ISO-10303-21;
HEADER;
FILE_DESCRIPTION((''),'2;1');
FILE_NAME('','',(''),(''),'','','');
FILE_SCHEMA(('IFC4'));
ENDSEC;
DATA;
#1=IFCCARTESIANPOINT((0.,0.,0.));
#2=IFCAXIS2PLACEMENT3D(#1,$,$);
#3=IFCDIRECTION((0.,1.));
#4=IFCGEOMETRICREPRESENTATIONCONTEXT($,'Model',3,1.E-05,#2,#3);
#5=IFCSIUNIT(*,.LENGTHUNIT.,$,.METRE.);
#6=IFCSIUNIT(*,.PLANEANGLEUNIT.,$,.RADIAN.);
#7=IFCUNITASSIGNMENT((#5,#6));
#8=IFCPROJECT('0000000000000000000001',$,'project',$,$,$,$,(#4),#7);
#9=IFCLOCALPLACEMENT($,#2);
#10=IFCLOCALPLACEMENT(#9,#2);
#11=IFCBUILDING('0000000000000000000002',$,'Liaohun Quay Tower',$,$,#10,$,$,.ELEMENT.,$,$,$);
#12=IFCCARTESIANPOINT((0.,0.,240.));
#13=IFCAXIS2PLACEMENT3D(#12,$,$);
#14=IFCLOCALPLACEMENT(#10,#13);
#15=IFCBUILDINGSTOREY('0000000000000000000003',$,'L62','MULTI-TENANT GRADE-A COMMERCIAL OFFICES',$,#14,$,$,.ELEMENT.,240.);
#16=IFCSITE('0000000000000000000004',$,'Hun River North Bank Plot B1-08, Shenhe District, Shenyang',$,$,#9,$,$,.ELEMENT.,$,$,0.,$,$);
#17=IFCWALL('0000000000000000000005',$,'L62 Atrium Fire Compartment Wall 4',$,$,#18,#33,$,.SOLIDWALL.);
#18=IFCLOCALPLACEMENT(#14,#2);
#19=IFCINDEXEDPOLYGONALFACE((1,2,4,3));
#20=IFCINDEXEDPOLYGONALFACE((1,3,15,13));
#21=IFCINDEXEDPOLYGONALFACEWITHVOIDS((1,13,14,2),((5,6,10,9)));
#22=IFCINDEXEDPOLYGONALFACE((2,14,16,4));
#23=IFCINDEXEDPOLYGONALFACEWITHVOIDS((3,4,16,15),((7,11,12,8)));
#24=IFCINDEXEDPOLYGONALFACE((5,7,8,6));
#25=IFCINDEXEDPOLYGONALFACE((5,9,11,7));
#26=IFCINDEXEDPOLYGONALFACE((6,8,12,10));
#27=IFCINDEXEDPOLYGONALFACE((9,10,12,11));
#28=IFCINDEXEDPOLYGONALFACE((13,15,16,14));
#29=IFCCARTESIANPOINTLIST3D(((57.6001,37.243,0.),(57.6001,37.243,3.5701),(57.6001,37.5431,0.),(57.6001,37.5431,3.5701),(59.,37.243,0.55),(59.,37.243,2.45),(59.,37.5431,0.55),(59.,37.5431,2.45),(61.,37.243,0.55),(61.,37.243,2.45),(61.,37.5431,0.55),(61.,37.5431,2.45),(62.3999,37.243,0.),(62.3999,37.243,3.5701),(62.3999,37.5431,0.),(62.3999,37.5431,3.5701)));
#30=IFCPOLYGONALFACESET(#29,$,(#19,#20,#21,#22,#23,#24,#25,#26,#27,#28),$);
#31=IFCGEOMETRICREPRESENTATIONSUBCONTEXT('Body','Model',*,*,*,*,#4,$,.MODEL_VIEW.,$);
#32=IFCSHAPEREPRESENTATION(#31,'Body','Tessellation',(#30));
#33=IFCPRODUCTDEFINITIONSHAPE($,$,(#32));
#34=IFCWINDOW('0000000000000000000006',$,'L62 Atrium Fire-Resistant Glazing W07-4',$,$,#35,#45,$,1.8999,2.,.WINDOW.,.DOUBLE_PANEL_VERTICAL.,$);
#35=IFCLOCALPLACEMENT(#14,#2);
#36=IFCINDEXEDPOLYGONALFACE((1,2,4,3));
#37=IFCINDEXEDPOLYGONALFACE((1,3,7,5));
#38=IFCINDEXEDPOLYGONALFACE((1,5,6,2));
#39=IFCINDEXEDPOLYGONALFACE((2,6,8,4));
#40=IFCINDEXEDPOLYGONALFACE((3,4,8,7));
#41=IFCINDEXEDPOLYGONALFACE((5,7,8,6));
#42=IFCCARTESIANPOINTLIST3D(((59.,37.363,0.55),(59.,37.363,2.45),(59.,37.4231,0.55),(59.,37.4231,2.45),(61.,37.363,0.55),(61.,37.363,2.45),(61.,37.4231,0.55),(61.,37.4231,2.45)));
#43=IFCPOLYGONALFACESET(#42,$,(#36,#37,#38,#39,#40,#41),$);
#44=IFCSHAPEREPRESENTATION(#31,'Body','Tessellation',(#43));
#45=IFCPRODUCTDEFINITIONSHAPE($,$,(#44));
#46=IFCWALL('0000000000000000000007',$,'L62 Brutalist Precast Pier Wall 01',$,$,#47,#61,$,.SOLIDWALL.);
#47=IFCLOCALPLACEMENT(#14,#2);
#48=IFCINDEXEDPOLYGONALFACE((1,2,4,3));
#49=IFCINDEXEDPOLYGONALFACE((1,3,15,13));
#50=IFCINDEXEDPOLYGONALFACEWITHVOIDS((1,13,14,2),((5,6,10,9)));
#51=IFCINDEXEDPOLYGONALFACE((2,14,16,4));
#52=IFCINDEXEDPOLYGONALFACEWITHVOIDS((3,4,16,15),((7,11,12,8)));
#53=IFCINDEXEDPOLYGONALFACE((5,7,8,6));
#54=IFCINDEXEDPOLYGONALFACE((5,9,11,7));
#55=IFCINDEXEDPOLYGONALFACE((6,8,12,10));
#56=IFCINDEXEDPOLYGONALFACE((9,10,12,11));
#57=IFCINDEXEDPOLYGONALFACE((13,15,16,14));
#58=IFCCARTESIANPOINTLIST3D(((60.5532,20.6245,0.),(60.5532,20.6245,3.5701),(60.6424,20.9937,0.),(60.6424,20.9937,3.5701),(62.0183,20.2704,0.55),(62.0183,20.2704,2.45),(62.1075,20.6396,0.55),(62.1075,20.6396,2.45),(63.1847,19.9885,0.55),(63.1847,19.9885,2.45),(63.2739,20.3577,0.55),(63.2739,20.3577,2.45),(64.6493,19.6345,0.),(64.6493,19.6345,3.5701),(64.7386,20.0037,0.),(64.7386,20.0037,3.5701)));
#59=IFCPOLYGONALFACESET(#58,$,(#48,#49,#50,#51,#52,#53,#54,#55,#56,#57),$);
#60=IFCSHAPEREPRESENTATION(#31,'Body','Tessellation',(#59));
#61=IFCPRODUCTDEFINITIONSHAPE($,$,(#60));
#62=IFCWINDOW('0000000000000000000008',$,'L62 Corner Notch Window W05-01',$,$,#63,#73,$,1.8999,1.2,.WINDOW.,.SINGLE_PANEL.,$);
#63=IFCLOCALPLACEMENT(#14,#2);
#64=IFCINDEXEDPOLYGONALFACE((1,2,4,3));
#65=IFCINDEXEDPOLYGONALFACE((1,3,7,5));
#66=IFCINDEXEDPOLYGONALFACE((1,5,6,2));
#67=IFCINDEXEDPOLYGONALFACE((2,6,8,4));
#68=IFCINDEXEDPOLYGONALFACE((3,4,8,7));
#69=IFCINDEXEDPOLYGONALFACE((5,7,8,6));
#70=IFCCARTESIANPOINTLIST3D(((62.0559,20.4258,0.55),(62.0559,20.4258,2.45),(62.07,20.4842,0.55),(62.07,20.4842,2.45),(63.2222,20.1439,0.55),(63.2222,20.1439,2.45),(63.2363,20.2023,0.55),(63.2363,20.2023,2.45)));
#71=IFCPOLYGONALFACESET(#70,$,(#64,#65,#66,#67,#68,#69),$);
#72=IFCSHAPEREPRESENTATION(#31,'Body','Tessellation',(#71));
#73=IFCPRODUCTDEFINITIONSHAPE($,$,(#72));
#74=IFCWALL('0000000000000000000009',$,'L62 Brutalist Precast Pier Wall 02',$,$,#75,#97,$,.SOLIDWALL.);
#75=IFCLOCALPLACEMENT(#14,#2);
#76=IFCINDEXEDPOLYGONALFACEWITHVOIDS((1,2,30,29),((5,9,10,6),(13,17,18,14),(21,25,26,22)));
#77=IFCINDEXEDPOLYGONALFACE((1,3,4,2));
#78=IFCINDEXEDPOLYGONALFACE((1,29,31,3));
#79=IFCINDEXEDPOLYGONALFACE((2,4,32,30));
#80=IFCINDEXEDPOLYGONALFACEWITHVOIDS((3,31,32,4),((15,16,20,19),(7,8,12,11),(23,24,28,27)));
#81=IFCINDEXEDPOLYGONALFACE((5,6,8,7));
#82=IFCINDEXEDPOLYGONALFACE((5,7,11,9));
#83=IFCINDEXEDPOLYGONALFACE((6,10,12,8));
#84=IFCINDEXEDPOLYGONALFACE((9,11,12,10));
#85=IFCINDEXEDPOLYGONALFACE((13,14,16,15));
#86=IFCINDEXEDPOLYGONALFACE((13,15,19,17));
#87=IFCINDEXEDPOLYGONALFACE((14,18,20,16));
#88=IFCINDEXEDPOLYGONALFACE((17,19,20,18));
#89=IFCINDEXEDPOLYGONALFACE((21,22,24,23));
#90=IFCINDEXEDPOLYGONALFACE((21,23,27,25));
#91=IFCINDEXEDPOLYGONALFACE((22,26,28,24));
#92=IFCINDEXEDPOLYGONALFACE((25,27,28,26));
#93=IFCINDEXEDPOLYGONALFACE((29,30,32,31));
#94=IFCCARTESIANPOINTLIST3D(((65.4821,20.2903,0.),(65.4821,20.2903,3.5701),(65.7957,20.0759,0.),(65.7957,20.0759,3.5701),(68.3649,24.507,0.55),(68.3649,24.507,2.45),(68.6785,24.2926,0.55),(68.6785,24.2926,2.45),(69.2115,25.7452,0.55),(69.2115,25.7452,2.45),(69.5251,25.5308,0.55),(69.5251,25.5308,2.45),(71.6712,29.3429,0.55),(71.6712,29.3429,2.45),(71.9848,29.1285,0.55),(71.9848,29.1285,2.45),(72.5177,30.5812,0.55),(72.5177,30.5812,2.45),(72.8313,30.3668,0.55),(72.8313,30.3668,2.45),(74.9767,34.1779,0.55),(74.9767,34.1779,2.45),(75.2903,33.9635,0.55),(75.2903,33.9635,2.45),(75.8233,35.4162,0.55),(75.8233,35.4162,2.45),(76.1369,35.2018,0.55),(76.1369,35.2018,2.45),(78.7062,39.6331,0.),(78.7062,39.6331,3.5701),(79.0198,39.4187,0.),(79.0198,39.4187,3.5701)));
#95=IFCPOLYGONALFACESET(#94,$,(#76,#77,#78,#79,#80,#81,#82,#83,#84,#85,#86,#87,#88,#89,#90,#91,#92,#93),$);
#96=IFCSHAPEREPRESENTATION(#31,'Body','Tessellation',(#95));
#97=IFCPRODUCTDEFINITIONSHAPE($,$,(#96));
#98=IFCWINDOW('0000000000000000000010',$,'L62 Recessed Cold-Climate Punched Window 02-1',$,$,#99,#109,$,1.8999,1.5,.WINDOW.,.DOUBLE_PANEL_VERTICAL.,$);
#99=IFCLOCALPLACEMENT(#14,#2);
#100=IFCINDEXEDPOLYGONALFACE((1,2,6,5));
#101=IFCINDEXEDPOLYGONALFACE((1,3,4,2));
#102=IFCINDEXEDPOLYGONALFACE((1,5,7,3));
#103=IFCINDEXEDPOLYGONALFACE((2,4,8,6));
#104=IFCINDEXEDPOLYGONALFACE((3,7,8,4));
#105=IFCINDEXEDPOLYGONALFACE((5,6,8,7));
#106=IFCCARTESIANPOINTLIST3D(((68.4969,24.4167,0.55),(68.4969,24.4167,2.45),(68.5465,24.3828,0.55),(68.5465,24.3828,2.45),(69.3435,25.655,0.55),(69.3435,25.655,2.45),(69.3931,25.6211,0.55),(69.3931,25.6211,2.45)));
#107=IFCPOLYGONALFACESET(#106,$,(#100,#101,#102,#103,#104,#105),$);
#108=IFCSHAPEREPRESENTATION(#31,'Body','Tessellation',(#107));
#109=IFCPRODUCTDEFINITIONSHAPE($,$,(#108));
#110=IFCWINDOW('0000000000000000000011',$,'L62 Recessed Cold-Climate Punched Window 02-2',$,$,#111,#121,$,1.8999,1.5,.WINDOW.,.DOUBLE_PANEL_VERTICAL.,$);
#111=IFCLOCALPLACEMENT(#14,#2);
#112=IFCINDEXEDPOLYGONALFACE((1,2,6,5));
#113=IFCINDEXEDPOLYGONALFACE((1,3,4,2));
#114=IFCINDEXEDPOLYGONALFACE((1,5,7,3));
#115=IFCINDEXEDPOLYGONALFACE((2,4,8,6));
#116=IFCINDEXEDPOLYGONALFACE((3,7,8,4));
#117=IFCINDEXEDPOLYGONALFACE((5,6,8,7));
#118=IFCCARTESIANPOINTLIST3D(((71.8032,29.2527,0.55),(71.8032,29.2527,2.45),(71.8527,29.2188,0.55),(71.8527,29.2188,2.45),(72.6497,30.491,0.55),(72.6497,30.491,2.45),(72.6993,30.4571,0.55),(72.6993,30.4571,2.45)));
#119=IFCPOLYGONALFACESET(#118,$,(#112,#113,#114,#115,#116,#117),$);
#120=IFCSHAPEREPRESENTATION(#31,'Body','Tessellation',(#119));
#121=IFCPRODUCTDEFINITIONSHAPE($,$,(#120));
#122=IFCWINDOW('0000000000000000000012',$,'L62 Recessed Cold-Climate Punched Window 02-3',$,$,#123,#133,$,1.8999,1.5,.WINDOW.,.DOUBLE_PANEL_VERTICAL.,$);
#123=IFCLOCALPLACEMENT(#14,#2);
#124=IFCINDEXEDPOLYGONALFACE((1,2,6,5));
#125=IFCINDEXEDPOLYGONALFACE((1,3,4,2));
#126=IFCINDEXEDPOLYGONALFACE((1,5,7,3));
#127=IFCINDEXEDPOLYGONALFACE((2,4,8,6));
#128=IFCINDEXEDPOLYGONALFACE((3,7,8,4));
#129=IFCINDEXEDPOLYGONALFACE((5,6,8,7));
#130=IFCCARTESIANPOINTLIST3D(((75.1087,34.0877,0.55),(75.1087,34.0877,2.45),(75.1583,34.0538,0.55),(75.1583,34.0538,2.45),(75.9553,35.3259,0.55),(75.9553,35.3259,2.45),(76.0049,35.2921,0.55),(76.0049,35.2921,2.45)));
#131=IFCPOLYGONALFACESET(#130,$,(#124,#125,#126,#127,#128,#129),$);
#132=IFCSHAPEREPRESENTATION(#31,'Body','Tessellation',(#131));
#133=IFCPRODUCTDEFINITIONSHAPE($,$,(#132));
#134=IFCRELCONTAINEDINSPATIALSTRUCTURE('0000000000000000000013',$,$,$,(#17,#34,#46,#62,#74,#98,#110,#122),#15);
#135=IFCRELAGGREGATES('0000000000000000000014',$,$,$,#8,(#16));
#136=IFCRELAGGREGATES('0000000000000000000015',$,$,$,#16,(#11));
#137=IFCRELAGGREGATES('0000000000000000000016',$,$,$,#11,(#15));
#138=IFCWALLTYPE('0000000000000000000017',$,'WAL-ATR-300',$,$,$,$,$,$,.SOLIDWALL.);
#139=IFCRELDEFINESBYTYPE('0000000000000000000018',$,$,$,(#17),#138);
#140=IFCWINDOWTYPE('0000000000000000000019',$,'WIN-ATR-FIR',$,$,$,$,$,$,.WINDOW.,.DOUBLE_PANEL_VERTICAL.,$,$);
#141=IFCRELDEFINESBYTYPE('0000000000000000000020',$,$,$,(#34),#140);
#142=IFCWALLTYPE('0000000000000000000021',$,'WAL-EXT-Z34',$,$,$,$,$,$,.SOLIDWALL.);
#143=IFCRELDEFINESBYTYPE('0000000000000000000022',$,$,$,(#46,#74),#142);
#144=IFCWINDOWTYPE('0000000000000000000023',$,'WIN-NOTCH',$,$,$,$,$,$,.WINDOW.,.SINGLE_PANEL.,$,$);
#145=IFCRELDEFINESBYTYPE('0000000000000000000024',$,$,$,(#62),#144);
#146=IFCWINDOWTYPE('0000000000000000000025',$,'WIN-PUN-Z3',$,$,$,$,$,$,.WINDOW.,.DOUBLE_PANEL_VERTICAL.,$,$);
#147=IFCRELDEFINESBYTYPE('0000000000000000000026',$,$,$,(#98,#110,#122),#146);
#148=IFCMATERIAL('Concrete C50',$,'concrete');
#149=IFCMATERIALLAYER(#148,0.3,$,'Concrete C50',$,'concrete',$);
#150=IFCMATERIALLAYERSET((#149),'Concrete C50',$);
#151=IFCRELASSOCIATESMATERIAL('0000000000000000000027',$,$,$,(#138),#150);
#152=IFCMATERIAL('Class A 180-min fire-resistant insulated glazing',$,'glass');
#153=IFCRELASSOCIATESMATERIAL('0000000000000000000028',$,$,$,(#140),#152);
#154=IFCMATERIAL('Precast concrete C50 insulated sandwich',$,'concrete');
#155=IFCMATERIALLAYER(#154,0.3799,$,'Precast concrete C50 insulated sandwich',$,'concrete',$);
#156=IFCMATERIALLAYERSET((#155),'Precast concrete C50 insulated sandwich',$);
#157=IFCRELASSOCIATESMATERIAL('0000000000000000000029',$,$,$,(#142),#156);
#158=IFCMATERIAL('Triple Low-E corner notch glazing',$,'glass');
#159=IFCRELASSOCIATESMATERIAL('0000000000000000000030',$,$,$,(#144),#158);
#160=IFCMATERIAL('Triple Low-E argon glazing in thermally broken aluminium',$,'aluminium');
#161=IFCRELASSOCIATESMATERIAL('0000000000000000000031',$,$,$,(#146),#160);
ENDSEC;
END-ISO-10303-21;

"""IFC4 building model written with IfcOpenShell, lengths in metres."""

from ifc_helpers import new_model, si_unit, direction, frame, frame_2d, origin, place, context, subcontext, project, spatial, rectangle, extrude, source, transform, mapped, material, layer, layer_set, type_object, element, fill, save


model = new_model("IFC4")

# Units and contexts
model_context = context("Model", 3, precision=1e-05, world=origin(), true_north=direction((0.0, 1.0)))
body_context = subcontext(model_context, "Body", "Model", "MODEL_VIEW")
ifc_project = project(units=[si_unit("LENGTHUNIT", "METRE"), si_unit("PLANEANGLEUNIT", "RADIAN")], contexts=[model_context])

# Site, building, storey
site_placement = place(None, origin())
site = spatial("IfcSite", under=ifc_project, at=site_placement, Name="Hun River North Bank Plot B1-08, Shenhe District, Shenyang", CompositionType="ELEMENT", RefElevation=0.0)
building_placement = place(site_placement, origin())
building = spatial("IfcBuilding", under=site, at=building_placement, Name="Liaohun Quay Tower", CompositionType="ELEMENT")
storey_placement = place(building_placement, frame((0.0, 0.0, 240.0)))
storey = spatial("IfcBuildingStorey", under=building, at=storey_placement, Name="L62", Description="MULTI-TENANT GRADE-A COMMERCIAL OFFICES", CompositionType="ELEMENT", Elevation=240.0)

# Walls, openings, windows
ifc_material_1 = material(Name="Concrete C50", Category="concrete")
ifc_layer_1 = layer(ifc_material_1, 0.3, Name="Concrete C50", Category="concrete")
ifc_layer_set_1 = layer_set([ifc_layer_1], Name="Concrete C50")
wall_type_1 = type_object("IfcWallType", Name="WAL-ATR-300", PredefinedType="SOLIDWALL", material=ifc_layer_set_1)
shared_shape_1 = source(origin(), body_context, "Body", "SweptSolid", [
    extrude(rectangle(XDim=2.0, YDim=1.8999, at=frame_2d((1.0, 0.95))), frame((0.0, 0.1599, 0.0), z_axis=(0.0, -1.0, 0.0), x_axis=(1.0, 0.0, 0.0)), (0.0, 0.0, 1.0), 0.3201),
])
ifc_material_2 = material(Name="Class A 180-min fire-resistant insulated glazing", Category="glass")
window_type_1 = type_object("IfcWindowType", Name="WIN-ATR-FIR", PartitioningType="DOUBLE_PANEL_VERTICAL", PredefinedType="WINDOW", material=ifc_material_2)
shared_shape_2 = source(origin(), body_context, "Body", "SweptSolid", [
    extrude(rectangle(XDim=2.0, YDim=1.8999, at=frame_2d((1.0, 0.95))), frame((0.0, 0.03, 0.0), z_axis=(0.0, -1.0, 0.0), x_axis=(1.0, 0.0, 0.0)), (0.0, 0.0, 1.0), 0.0601),
])
wall_1_placement = place(storey_placement, frame((62.3999, 37.3931, 0.0), z_axis=(0.0, 0.0, 1.0), x_axis=(-1.0, 0.0, 0.0)))
wall_1 = element("IfcWall", 1, at=wall_1_placement, inside=storey, type_object=wall_type_1, Name="L62 Atrium Fire Compartment Wall 4", PredefinedType="SOLIDWALL", context=body_context, shape_type="SweptSolid", body=[
    extrude(rectangle(XDim=4.7998, YDim=0.3, at=frame_2d((2.3999, 0.0))), origin(), (0.0, 0.0, 1.0), 3.5701),
])
opening_1_placement = place(wall_1_placement, frame((1.3999, 0.0, 0.55)))
opening_1 = element("IfcOpeningElement", 2, at=opening_1_placement, cuts=wall_1, PredefinedType="OPENING", context=body_context, shape_type="MappedRepresentation", body=[
    mapped(shared_shape_1, transform((0.0, 0.0, 0.0), x_axis=(1.0, 0.0, 0.0), y_axis=(0.0, 1.0, 0.0), z_axis=(0.0, 0.0, 1.0), scale=1.0)),
])
window_1_placement = place(opening_1_placement, origin())
window_1 = element("IfcWindow", 3, at=window_1_placement, inside=storey, type_object=window_type_1, Name="L62 Atrium Fire-Resistant Glazing W07-4", OverallHeight=1.8999, OverallWidth=2.0, PartitioningType="DOUBLE_PANEL_VERTICAL", PredefinedType="WINDOW", context=body_context, shape_type="MappedRepresentation", body=[
    mapped(shared_shape_2, transform((0.0, 0.0, 0.0), x_axis=(1.0, 0.0, 0.0), y_axis=(0.0, 1.0, 0.0), z_axis=(0.0, 0.0, 1.0), scale=1.0)),
])
fill(opening_1, window_1)
ifc_material_3 = material(Name="Precast concrete C50 insulated sandwich", Category="concrete")
ifc_layer_2 = layer(ifc_material_3, 0.3799, Name="Precast concrete C50 insulated sandwich", Category="concrete")
ifc_layer_set_2 = layer_set([ifc_layer_2], Name="Precast concrete C50 insulated sandwich")
wall_type_2 = type_object("IfcWallType", Name="WAL-EXT-Z34", PredefinedType="SOLIDWALL", material=ifc_layer_set_2)
wall_2_placement = place(storey_placement, frame((60.5979, 20.8091, 0.0), z_axis=(0.0, 0.0, 1.0), x_axis=(0.972014, -0.234922, 0.0)))
wall_2 = element("IfcWall", 4, at=wall_2_placement, inside=storey, type_object=wall_type_2, Name="L62 Brutalist Precast Pier Wall 01", PredefinedType="SOLIDWALL", context=body_context, shape_type="SweptSolid", body=[
    extrude(rectangle(XDim=4.2141, YDim=0.3799, at=frame_2d((2.1069, 0.0))), origin(), (0.0, 0.0, 1.0), 3.5701),
])
shared_shape_3 = source(origin(), body_context, "Body", "SweptSolid", [
    extrude(rectangle(XDim=1.2, YDim=1.8999, at=frame_2d((0.6001, 0.95))), frame((0.0, 0.2, 0.0), z_axis=(0.0, -1.0, 0.0), x_axis=(1.0, 0.0, 0.0)), (0.0, 0.0, 1.0), 0.3999),
])
opening_2_placement = place(wall_2_placement, frame((1.5071, 0.0, 0.55)))
opening_2 = element("IfcOpeningElement", 5, at=opening_2_placement, cuts=wall_2, PredefinedType="OPENING", context=body_context, shape_type="MappedRepresentation", body=[
    mapped(shared_shape_3, transform((0.0, 0.0, 0.0), x_axis=(1.0, 0.0, 0.0), y_axis=(0.0, 1.0, 0.0), z_axis=(0.0, 0.0, 1.0), scale=1.0)),
])
ifc_material_4 = material(Name="Triple Low-E corner notch glazing", Category="glass")
window_type_2 = type_object("IfcWindowType", Name="WIN-NOTCH", PartitioningType="SINGLE_PANEL", PredefinedType="WINDOW", material=ifc_material_4)
shared_shape_4 = source(origin(), body_context, "Body", "SweptSolid", [
    extrude(rectangle(XDim=1.2, YDim=1.8999, at=frame_2d((0.6001, 0.95))), frame((0.0, 0.03, 0.0), z_axis=(0.0, -1.0, 0.0), x_axis=(1.0, 0.0, 0.0)), (0.0, 0.0, 1.0), 0.0601),
])
window_2_placement = place(opening_2_placement, origin())
window_2 = element("IfcWindow", 6, at=window_2_placement, inside=storey, type_object=window_type_2, Name="L62 Corner Notch Window W05-01", OverallHeight=1.8999, OverallWidth=1.2, PartitioningType="SINGLE_PANEL", PredefinedType="WINDOW", context=body_context, shape_type="MappedRepresentation", body=[
    mapped(shared_shape_4, transform((0.0, 0.0, 0.0), x_axis=(1.0, 0.0, 0.0), y_axis=(0.0, 1.0, 0.0), z_axis=(0.0, 0.0, 1.0), scale=1.0)),
])
fill(opening_2, window_2)

# Wall, openings, windows
wall_3_placement = place(storey_placement, frame((65.6389, 20.1831, 0.0), z_axis=(0.0, 0.0, 1.0), x_axis=(0.564381, 0.825514, 0.0)))
wall_3 = element("IfcWall", 7, at=wall_3_placement, inside=storey, type_object=wall_type_2, Name="L62 Brutalist Precast Pier Wall 02", PredefinedType="SOLIDWALL", context=body_context, shape_type="SweptSolid", body=[
    extrude(rectangle(XDim=23.4312, YDim=0.3799, at=frame_2d((11.7156, 0.0))), origin(), (0.0, 0.0, 1.0), 3.5701),
])
shared_shape_5 = source(origin(), body_context, "Body", "SweptSolid", [
    extrude(rectangle(XDim=1.5, YDim=1.8999, at=frame_2d((0.75, 0.95))), frame((0.0, 0.2, 0.0), z_axis=(0.0, -1.0, 0.0), x_axis=(1.0, 0.0, 0.0)), (0.0, 0.0, 1.0), 0.3999),
])
opening_3_placement = place(wall_3_placement, frame((5.1079, 0.0, 0.55)))
opening_3 = element("IfcOpeningElement", 8, at=opening_3_placement, cuts=wall_3, PredefinedType="OPENING", context=body_context, shape_type="MappedRepresentation", body=[
    mapped(shared_shape_5, transform((0.0, 0.0, 0.0), x_axis=(1.0, 0.0, 0.0), y_axis=(0.0, 1.0, 0.0), z_axis=(0.0, 0.0, 1.0), scale=1.0)),
])
opening_4_placement = place(wall_3_placement, frame((10.9661, 0.0, 0.55)))
opening_4 = element("IfcOpeningElement", 9, at=opening_4_placement, cuts=wall_3, PredefinedType="OPENING", context=body_context, shape_type="MappedRepresentation", body=[
    mapped(shared_shape_5, transform((0.0, 0.0, 0.0), x_axis=(1.0, 0.0, 0.0), y_axis=(0.0, 1.0, 0.0), z_axis=(0.0, 0.0, 1.0), scale=1.0)),
])
opening_5_placement = place(wall_3_placement, frame((16.823, 0.0, 0.55)))
opening_5 = element("IfcOpeningElement", 10, at=opening_5_placement, cuts=wall_3, PredefinedType="OPENING", context=body_context, shape_type="MappedRepresentation", body=[
    mapped(shared_shape_5, transform((0.0, 0.0, 0.0), x_axis=(1.0, 0.0, 0.0), y_axis=(0.0, 1.0, 0.0), z_axis=(0.0, 0.0, 1.0), scale=1.0)),
])
ifc_material_5 = material(Name="Triple Low-E argon glazing in thermally broken aluminium", Category="aluminium")
window_type_3 = type_object("IfcWindowType", Name="WIN-PUN-Z3", PartitioningType="DOUBLE_PANEL_VERTICAL", PredefinedType="WINDOW", material=ifc_material_5)
shared_shape_6 = source(origin(), body_context, "Body", "SweptSolid", [
    extrude(rectangle(XDim=1.5, YDim=1.8999, at=frame_2d((0.75, 0.95))), frame((0.0, 0.03, 0.0), z_axis=(0.0, -1.0, 0.0), x_axis=(1.0, 0.0, 0.0)), (0.0, 0.0, 1.0), 0.0601),
])
window_3_placement = place(opening_3_placement, origin())
window_3 = element("IfcWindow", 11, at=window_3_placement, inside=storey, type_object=window_type_3, Name="L62 Recessed Cold-Climate Punched Window 02-1", OverallHeight=1.8999, OverallWidth=1.5, PartitioningType="DOUBLE_PANEL_VERTICAL", PredefinedType="WINDOW", context=body_context, shape_type="MappedRepresentation", body=[
    mapped(shared_shape_6, transform((0.0, 0.0, 0.0), x_axis=(1.0, 0.0, 0.0), y_axis=(0.0, 1.0, 0.0), z_axis=(0.0, 0.0, 1.0), scale=1.0)),
])
fill(opening_3, window_3)
window_4_placement = place(opening_4_placement, origin())
window_4 = element("IfcWindow", 12, at=window_4_placement, inside=storey, type_object=window_type_3, Name="L62 Recessed Cold-Climate Punched Window 02-2", OverallHeight=1.8999, OverallWidth=1.5, PartitioningType="DOUBLE_PANEL_VERTICAL", PredefinedType="WINDOW", context=body_context, shape_type="MappedRepresentation", body=[
    mapped(shared_shape_6, transform((0.0, 0.0, 0.0), x_axis=(1.0, 0.0, 0.0), y_axis=(0.0, 1.0, 0.0), z_axis=(0.0, 0.0, 1.0), scale=1.0)),
])
fill(opening_4, window_4)
window_5_placement = place(opening_5_placement, origin())
window_5 = element("IfcWindow", 13, at=window_5_placement, inside=storey, type_object=window_type_3, Name="L62 Recessed Cold-Climate Punched Window 02-3", OverallHeight=1.8999, OverallWidth=1.5, PartitioningType="DOUBLE_PANEL_VERTICAL", PredefinedType="WINDOW", context=body_context, shape_type="MappedRepresentation", body=[
    mapped(shared_shape_6, transform((0.0, 0.0, 0.0), x_axis=(1.0, 0.0, 0.0), y_axis=(0.0, 1.0, 0.0), z_axis=(0.0, 0.0, 1.0), scale=1.0)),
])
fill(opening_5, window_5)

save(model, "model.ifc")
